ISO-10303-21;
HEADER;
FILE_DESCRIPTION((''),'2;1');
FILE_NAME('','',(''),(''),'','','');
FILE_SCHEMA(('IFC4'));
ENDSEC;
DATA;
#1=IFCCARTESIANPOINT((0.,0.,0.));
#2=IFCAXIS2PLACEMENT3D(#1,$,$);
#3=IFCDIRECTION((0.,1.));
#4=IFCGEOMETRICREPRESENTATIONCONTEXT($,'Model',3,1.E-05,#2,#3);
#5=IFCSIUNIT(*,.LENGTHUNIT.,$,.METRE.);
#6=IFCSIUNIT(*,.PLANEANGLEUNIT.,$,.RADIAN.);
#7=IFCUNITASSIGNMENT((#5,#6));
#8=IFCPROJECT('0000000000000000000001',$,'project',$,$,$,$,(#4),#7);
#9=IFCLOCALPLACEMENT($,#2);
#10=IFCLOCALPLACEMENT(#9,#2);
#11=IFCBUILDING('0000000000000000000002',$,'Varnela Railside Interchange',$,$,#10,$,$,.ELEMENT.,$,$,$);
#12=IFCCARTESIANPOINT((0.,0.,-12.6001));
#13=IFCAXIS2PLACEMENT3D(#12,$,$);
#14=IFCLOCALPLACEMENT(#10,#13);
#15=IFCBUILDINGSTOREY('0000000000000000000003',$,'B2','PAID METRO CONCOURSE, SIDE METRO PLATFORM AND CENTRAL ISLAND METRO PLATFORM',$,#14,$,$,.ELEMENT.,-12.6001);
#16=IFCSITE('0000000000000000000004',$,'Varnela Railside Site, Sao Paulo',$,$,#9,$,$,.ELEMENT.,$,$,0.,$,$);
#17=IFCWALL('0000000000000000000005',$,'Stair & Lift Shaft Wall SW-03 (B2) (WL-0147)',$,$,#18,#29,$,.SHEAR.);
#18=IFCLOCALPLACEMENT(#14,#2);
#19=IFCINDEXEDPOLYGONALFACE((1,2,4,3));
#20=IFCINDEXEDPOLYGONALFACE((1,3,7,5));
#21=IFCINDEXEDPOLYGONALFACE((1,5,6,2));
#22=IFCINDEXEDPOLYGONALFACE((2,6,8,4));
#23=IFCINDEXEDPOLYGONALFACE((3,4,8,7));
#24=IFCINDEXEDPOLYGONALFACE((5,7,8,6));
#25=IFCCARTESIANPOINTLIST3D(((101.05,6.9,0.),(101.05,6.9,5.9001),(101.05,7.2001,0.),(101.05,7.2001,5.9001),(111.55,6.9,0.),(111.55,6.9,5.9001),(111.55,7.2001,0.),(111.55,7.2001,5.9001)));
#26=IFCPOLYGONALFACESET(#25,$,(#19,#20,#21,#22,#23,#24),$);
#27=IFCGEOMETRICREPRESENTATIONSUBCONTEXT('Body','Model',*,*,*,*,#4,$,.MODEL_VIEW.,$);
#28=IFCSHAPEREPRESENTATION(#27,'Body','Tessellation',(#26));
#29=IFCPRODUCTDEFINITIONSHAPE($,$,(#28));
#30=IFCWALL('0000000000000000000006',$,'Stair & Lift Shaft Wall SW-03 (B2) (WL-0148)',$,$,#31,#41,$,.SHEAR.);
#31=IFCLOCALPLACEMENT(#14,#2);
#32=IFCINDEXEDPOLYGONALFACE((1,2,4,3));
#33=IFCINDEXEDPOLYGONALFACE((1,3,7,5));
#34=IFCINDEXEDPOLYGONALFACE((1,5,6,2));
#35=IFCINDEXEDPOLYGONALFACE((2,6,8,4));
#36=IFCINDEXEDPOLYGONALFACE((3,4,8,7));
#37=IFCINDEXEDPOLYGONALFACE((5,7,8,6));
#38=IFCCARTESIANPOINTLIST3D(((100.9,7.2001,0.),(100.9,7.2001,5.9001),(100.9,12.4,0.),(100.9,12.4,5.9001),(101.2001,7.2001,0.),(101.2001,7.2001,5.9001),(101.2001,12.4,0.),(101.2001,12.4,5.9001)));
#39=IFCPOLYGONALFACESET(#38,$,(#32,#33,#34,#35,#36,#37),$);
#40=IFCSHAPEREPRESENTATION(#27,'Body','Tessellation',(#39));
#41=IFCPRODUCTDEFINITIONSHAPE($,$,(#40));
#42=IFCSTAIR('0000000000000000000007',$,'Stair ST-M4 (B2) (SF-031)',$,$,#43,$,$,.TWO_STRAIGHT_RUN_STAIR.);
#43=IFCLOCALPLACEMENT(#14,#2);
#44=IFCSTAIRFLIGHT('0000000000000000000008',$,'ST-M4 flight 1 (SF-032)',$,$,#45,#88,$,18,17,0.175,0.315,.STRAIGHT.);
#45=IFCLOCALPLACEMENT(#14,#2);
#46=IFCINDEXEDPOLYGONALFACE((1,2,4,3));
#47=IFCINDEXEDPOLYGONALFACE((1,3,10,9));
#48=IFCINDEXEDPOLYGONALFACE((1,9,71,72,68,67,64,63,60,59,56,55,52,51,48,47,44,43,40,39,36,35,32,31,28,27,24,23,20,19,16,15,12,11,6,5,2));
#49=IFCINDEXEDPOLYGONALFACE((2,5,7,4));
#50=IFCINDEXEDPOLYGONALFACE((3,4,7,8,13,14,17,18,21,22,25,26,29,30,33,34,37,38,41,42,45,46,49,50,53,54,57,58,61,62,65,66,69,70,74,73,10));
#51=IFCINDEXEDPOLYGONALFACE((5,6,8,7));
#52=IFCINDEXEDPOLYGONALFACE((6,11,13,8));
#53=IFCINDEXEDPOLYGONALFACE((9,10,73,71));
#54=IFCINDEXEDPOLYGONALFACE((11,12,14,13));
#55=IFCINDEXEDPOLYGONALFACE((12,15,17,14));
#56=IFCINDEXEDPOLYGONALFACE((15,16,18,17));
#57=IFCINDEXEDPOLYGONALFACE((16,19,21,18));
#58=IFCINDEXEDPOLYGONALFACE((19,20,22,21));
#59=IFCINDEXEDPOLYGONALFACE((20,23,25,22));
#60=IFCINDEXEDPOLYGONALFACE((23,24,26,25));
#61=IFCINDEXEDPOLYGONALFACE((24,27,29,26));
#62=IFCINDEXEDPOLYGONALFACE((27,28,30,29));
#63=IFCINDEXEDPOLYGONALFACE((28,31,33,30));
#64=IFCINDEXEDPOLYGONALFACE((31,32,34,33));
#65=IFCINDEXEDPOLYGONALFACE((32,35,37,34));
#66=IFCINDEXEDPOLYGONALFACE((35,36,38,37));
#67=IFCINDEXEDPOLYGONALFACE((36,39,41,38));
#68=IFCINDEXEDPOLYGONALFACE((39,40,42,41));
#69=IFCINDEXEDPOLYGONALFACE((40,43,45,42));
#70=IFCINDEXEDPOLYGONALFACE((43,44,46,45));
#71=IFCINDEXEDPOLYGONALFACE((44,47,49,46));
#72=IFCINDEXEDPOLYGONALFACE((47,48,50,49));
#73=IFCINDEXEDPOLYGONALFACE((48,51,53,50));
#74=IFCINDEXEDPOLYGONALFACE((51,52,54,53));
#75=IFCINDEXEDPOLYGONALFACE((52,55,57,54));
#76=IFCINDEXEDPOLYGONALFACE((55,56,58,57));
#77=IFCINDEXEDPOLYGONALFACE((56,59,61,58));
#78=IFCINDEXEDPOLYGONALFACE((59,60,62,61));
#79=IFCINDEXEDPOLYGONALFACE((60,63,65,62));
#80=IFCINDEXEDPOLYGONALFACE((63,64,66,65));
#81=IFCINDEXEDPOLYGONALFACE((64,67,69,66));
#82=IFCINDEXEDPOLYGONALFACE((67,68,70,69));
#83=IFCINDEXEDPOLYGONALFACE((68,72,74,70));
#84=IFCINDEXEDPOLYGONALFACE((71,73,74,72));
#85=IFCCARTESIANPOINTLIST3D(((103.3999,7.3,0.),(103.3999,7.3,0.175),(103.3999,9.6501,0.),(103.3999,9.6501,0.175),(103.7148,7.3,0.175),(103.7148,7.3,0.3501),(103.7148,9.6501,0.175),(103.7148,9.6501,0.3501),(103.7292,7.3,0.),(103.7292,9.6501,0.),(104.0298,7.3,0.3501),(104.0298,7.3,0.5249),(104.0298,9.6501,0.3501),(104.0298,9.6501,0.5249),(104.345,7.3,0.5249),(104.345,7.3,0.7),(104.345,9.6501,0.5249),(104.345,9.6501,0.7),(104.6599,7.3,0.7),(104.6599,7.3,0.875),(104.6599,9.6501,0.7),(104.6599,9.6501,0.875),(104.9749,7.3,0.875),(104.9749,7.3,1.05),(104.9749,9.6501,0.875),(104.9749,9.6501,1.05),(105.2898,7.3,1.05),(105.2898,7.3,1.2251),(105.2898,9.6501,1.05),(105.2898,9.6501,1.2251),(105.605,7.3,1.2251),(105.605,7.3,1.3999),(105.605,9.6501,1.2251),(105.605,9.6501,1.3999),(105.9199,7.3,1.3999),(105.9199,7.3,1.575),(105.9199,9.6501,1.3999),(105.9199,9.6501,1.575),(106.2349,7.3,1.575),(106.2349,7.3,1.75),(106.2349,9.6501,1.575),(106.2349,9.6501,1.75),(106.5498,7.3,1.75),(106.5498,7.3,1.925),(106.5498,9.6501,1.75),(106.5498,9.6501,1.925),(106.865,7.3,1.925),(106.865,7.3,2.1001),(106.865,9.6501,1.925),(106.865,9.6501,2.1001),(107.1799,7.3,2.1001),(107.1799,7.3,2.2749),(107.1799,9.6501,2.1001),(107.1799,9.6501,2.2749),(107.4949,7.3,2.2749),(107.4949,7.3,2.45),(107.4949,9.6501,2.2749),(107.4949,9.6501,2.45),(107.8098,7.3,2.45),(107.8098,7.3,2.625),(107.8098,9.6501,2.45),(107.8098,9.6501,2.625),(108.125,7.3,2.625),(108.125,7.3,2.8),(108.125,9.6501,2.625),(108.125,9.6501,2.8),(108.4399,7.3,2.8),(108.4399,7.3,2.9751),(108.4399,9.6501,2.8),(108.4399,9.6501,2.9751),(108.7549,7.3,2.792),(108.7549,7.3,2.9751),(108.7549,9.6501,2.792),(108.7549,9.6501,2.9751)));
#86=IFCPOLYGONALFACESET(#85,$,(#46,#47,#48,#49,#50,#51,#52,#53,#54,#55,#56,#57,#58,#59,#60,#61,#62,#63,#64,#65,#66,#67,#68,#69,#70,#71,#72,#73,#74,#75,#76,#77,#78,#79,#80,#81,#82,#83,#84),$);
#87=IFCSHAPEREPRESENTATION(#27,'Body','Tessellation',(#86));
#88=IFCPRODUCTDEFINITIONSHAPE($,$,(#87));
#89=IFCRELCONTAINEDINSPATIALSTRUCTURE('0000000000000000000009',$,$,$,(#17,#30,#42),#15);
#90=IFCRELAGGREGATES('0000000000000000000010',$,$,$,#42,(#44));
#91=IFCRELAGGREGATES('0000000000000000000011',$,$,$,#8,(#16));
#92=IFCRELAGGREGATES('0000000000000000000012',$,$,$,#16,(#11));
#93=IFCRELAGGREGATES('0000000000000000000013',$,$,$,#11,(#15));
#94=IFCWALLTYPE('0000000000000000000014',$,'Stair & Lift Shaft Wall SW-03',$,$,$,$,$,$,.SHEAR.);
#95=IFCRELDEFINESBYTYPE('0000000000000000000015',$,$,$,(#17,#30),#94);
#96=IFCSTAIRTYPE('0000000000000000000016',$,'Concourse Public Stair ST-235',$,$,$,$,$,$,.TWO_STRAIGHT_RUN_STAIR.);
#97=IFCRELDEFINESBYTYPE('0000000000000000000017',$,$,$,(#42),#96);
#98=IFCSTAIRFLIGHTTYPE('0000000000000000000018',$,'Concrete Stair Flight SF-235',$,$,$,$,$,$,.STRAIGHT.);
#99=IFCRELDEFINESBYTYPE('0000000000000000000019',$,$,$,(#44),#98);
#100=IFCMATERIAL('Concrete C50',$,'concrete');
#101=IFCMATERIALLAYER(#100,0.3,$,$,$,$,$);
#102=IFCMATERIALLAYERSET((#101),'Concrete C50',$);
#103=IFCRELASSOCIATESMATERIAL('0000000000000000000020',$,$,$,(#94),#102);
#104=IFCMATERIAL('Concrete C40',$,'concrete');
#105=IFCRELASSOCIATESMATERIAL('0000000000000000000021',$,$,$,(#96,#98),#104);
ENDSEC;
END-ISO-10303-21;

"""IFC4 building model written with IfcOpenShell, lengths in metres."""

from ifc_helpers import new_model, si_unit, direction, frame, frame_2d, origin, place, context, subcontext, project, spatial, polyline, rectangle, outline, extrude, material, layer, layer_set, type_object, element, aggregate, save


model = new_model("IFC4")

# Units and contexts
model_context = context("Model", 3, precision=1e-05, world=origin(), true_north=direction((0.0, 1.0)))
body_context = subcontext(model_context, "Body", "Model", "MODEL_VIEW")
ifc_project = project(units=[si_unit("LENGTHUNIT", "METRE"), si_unit("PLANEANGLEUNIT", "RADIAN")], contexts=[model_context])

# Site, building, storey
site_placement = place(None, origin())
site = spatial("IfcSite", under=ifc_project, at=site_placement, Name="Varnela Railside Site, Sao Paulo", CompositionType="ELEMENT", RefElevation=0.0)
building_placement = place(site_placement, origin())
building = spatial("IfcBuilding", under=site, at=building_placement, Name="Varnela Railside Interchange", CompositionType="ELEMENT")
storey_placement = place(building_placement, frame((0.0, 0.0, -12.6001)))
storey = spatial("IfcBuildingStorey", under=building, at=storey_placement, Name="B2", Description="PAID METRO CONCOURSE, SIDE METRO PLATFORM AND CENTRAL ISLAND METRO PLATFORM", CompositionType="ELEMENT", Elevation=-12.6001)

# Shared definitions
ifc_material_1 = material(Name="Concrete C40", Category="concrete")

# Shared definitions
ifc_material_2 = material(Name="Concrete C50", Category="concrete")

# Walls
ifc_layer_1 = layer(ifc_material_2, 0.3)
ifc_layer_set_1 = layer_set([ifc_layer_1], Name="Concrete C50")
wall_type_1 = type_object("IfcWallType", Name="Stair & Lift Shaft Wall SW-03", PredefinedType="SHEAR", material=ifc_layer_set_1)
wall_1_placement = place(storey_placement, frame((101.05, 7.05, 0.0), z_axis=(0.0, 0.0, 1.0), x_axis=(1.0, 0.0, 0.0)))
element("IfcWall", 1, at=wall_1_placement, inside=storey, type_object=wall_type_1, Name="Stair & Lift Shaft Wall SW-03 (B2) (WL-0147)", PredefinedType="SHEAR", context=body_context, shape_type="SweptSolid", body=[
    extrude(rectangle(XDim=10.5, YDim=0.3, at=frame_2d((5.25, 0.0))), origin(), (0.0, 0.0, 1.0), 5.9001),
])
wall_2_placement = place(storey_placement, frame((101.05, 7.2, 0.0), z_axis=(0.0, 0.0, 1.0), x_axis=(0.0, 1.0, 0.0)))
element("IfcWall", 2, at=wall_2_placement, inside=storey, type_object=wall_type_1, Name="Stair & Lift Shaft Wall SW-03 (B2) (WL-0148)", PredefinedType="SHEAR", context=body_context, shape_type="SweptSolid", body=[
    extrude(rectangle(XDim=5.2, YDim=0.3, at=frame_2d((2.6001, 0.0))), origin(), (0.0, 0.0, 1.0), 5.9001),
])

# Stair, stair flight
stair_type = type_object("IfcStairType", Name="Concourse Public Stair ST-235", PredefinedType="TWO_STRAIGHT_RUN_STAIR", material=ifc_material_1)
stair_placement = place(storey_placement, origin())
stair = element("IfcStair", 3, at=stair_placement, inside=storey, type_object=stair_type, Name="Stair ST-M4 (B2) (SF-031)", PredefinedType="TWO_STRAIGHT_RUN_STAIR")
stair_flight_type = type_object("IfcStairFlightType", Name="Concrete Stair Flight SF-235", PredefinedType="STRAIGHT", material=ifc_material_1)
stair_flight_placement = place(storey_placement, frame((103.3999, 8.4751, 0.0), z_axis=(0.0, 0.0, 1.0), x_axis=(1.0, 0.0, 0.0)))
stair_flight = element("IfcStairFlight", 4, at=stair_flight_placement, type_object=stair_flight_type, Name="ST-M4 flight 1 (SF-032)", NumberOfRisers=18, NumberOfTreads=17, PredefinedType="STRAIGHT", RiserHeight=0.175, TreadLength=0.315, context=body_context, shape_type="SweptSolid", body=[
    extrude(outline(polyline([(0.0, 0.0), (0.0, 0.175), (0.3149, 0.175), (0.3149, 0.3501), (0.6299, 0.3501), (0.6299, 0.5249), (0.9451, 0.5249), (0.9451, 0.7), (1.26, 0.7), (1.26, 0.875), (1.575, 0.875), (1.575, 1.05), (1.8899, 1.05), (1.8899, 1.2251), (2.2051, 1.2251), (2.2051, 1.3999), (2.52, 1.3999), (2.52, 1.575), (2.835, 1.575), (2.835, 1.75), (3.1499, 1.75), (3.1499, 1.925), (3.4651, 1.925), (3.4651, 2.1001), (3.78, 2.1001), (3.78, 2.2749), (4.095, 2.2749), (4.095, 2.45), (4.4099, 2.45), (4.4099, 2.625), (4.7251, 2.625), (4.7251, 2.8), (5.04, 2.8), (5.04, 2.9751), (5.355, 2.9751), (5.355, 3.1499), (5.355, 2.792), (0.3293, 0.0), (0.0, 0.0)])), frame((0.0, 1.175, 0.0), z_axis=(0.0, -1.0, 0.0), x_axis=(1.0, 0.0, 0.0)), (0.0, 0.0, 1.0), 2.3501),
])
aggregate(stair, [stair_flight])

save(model, "model.ifc")
